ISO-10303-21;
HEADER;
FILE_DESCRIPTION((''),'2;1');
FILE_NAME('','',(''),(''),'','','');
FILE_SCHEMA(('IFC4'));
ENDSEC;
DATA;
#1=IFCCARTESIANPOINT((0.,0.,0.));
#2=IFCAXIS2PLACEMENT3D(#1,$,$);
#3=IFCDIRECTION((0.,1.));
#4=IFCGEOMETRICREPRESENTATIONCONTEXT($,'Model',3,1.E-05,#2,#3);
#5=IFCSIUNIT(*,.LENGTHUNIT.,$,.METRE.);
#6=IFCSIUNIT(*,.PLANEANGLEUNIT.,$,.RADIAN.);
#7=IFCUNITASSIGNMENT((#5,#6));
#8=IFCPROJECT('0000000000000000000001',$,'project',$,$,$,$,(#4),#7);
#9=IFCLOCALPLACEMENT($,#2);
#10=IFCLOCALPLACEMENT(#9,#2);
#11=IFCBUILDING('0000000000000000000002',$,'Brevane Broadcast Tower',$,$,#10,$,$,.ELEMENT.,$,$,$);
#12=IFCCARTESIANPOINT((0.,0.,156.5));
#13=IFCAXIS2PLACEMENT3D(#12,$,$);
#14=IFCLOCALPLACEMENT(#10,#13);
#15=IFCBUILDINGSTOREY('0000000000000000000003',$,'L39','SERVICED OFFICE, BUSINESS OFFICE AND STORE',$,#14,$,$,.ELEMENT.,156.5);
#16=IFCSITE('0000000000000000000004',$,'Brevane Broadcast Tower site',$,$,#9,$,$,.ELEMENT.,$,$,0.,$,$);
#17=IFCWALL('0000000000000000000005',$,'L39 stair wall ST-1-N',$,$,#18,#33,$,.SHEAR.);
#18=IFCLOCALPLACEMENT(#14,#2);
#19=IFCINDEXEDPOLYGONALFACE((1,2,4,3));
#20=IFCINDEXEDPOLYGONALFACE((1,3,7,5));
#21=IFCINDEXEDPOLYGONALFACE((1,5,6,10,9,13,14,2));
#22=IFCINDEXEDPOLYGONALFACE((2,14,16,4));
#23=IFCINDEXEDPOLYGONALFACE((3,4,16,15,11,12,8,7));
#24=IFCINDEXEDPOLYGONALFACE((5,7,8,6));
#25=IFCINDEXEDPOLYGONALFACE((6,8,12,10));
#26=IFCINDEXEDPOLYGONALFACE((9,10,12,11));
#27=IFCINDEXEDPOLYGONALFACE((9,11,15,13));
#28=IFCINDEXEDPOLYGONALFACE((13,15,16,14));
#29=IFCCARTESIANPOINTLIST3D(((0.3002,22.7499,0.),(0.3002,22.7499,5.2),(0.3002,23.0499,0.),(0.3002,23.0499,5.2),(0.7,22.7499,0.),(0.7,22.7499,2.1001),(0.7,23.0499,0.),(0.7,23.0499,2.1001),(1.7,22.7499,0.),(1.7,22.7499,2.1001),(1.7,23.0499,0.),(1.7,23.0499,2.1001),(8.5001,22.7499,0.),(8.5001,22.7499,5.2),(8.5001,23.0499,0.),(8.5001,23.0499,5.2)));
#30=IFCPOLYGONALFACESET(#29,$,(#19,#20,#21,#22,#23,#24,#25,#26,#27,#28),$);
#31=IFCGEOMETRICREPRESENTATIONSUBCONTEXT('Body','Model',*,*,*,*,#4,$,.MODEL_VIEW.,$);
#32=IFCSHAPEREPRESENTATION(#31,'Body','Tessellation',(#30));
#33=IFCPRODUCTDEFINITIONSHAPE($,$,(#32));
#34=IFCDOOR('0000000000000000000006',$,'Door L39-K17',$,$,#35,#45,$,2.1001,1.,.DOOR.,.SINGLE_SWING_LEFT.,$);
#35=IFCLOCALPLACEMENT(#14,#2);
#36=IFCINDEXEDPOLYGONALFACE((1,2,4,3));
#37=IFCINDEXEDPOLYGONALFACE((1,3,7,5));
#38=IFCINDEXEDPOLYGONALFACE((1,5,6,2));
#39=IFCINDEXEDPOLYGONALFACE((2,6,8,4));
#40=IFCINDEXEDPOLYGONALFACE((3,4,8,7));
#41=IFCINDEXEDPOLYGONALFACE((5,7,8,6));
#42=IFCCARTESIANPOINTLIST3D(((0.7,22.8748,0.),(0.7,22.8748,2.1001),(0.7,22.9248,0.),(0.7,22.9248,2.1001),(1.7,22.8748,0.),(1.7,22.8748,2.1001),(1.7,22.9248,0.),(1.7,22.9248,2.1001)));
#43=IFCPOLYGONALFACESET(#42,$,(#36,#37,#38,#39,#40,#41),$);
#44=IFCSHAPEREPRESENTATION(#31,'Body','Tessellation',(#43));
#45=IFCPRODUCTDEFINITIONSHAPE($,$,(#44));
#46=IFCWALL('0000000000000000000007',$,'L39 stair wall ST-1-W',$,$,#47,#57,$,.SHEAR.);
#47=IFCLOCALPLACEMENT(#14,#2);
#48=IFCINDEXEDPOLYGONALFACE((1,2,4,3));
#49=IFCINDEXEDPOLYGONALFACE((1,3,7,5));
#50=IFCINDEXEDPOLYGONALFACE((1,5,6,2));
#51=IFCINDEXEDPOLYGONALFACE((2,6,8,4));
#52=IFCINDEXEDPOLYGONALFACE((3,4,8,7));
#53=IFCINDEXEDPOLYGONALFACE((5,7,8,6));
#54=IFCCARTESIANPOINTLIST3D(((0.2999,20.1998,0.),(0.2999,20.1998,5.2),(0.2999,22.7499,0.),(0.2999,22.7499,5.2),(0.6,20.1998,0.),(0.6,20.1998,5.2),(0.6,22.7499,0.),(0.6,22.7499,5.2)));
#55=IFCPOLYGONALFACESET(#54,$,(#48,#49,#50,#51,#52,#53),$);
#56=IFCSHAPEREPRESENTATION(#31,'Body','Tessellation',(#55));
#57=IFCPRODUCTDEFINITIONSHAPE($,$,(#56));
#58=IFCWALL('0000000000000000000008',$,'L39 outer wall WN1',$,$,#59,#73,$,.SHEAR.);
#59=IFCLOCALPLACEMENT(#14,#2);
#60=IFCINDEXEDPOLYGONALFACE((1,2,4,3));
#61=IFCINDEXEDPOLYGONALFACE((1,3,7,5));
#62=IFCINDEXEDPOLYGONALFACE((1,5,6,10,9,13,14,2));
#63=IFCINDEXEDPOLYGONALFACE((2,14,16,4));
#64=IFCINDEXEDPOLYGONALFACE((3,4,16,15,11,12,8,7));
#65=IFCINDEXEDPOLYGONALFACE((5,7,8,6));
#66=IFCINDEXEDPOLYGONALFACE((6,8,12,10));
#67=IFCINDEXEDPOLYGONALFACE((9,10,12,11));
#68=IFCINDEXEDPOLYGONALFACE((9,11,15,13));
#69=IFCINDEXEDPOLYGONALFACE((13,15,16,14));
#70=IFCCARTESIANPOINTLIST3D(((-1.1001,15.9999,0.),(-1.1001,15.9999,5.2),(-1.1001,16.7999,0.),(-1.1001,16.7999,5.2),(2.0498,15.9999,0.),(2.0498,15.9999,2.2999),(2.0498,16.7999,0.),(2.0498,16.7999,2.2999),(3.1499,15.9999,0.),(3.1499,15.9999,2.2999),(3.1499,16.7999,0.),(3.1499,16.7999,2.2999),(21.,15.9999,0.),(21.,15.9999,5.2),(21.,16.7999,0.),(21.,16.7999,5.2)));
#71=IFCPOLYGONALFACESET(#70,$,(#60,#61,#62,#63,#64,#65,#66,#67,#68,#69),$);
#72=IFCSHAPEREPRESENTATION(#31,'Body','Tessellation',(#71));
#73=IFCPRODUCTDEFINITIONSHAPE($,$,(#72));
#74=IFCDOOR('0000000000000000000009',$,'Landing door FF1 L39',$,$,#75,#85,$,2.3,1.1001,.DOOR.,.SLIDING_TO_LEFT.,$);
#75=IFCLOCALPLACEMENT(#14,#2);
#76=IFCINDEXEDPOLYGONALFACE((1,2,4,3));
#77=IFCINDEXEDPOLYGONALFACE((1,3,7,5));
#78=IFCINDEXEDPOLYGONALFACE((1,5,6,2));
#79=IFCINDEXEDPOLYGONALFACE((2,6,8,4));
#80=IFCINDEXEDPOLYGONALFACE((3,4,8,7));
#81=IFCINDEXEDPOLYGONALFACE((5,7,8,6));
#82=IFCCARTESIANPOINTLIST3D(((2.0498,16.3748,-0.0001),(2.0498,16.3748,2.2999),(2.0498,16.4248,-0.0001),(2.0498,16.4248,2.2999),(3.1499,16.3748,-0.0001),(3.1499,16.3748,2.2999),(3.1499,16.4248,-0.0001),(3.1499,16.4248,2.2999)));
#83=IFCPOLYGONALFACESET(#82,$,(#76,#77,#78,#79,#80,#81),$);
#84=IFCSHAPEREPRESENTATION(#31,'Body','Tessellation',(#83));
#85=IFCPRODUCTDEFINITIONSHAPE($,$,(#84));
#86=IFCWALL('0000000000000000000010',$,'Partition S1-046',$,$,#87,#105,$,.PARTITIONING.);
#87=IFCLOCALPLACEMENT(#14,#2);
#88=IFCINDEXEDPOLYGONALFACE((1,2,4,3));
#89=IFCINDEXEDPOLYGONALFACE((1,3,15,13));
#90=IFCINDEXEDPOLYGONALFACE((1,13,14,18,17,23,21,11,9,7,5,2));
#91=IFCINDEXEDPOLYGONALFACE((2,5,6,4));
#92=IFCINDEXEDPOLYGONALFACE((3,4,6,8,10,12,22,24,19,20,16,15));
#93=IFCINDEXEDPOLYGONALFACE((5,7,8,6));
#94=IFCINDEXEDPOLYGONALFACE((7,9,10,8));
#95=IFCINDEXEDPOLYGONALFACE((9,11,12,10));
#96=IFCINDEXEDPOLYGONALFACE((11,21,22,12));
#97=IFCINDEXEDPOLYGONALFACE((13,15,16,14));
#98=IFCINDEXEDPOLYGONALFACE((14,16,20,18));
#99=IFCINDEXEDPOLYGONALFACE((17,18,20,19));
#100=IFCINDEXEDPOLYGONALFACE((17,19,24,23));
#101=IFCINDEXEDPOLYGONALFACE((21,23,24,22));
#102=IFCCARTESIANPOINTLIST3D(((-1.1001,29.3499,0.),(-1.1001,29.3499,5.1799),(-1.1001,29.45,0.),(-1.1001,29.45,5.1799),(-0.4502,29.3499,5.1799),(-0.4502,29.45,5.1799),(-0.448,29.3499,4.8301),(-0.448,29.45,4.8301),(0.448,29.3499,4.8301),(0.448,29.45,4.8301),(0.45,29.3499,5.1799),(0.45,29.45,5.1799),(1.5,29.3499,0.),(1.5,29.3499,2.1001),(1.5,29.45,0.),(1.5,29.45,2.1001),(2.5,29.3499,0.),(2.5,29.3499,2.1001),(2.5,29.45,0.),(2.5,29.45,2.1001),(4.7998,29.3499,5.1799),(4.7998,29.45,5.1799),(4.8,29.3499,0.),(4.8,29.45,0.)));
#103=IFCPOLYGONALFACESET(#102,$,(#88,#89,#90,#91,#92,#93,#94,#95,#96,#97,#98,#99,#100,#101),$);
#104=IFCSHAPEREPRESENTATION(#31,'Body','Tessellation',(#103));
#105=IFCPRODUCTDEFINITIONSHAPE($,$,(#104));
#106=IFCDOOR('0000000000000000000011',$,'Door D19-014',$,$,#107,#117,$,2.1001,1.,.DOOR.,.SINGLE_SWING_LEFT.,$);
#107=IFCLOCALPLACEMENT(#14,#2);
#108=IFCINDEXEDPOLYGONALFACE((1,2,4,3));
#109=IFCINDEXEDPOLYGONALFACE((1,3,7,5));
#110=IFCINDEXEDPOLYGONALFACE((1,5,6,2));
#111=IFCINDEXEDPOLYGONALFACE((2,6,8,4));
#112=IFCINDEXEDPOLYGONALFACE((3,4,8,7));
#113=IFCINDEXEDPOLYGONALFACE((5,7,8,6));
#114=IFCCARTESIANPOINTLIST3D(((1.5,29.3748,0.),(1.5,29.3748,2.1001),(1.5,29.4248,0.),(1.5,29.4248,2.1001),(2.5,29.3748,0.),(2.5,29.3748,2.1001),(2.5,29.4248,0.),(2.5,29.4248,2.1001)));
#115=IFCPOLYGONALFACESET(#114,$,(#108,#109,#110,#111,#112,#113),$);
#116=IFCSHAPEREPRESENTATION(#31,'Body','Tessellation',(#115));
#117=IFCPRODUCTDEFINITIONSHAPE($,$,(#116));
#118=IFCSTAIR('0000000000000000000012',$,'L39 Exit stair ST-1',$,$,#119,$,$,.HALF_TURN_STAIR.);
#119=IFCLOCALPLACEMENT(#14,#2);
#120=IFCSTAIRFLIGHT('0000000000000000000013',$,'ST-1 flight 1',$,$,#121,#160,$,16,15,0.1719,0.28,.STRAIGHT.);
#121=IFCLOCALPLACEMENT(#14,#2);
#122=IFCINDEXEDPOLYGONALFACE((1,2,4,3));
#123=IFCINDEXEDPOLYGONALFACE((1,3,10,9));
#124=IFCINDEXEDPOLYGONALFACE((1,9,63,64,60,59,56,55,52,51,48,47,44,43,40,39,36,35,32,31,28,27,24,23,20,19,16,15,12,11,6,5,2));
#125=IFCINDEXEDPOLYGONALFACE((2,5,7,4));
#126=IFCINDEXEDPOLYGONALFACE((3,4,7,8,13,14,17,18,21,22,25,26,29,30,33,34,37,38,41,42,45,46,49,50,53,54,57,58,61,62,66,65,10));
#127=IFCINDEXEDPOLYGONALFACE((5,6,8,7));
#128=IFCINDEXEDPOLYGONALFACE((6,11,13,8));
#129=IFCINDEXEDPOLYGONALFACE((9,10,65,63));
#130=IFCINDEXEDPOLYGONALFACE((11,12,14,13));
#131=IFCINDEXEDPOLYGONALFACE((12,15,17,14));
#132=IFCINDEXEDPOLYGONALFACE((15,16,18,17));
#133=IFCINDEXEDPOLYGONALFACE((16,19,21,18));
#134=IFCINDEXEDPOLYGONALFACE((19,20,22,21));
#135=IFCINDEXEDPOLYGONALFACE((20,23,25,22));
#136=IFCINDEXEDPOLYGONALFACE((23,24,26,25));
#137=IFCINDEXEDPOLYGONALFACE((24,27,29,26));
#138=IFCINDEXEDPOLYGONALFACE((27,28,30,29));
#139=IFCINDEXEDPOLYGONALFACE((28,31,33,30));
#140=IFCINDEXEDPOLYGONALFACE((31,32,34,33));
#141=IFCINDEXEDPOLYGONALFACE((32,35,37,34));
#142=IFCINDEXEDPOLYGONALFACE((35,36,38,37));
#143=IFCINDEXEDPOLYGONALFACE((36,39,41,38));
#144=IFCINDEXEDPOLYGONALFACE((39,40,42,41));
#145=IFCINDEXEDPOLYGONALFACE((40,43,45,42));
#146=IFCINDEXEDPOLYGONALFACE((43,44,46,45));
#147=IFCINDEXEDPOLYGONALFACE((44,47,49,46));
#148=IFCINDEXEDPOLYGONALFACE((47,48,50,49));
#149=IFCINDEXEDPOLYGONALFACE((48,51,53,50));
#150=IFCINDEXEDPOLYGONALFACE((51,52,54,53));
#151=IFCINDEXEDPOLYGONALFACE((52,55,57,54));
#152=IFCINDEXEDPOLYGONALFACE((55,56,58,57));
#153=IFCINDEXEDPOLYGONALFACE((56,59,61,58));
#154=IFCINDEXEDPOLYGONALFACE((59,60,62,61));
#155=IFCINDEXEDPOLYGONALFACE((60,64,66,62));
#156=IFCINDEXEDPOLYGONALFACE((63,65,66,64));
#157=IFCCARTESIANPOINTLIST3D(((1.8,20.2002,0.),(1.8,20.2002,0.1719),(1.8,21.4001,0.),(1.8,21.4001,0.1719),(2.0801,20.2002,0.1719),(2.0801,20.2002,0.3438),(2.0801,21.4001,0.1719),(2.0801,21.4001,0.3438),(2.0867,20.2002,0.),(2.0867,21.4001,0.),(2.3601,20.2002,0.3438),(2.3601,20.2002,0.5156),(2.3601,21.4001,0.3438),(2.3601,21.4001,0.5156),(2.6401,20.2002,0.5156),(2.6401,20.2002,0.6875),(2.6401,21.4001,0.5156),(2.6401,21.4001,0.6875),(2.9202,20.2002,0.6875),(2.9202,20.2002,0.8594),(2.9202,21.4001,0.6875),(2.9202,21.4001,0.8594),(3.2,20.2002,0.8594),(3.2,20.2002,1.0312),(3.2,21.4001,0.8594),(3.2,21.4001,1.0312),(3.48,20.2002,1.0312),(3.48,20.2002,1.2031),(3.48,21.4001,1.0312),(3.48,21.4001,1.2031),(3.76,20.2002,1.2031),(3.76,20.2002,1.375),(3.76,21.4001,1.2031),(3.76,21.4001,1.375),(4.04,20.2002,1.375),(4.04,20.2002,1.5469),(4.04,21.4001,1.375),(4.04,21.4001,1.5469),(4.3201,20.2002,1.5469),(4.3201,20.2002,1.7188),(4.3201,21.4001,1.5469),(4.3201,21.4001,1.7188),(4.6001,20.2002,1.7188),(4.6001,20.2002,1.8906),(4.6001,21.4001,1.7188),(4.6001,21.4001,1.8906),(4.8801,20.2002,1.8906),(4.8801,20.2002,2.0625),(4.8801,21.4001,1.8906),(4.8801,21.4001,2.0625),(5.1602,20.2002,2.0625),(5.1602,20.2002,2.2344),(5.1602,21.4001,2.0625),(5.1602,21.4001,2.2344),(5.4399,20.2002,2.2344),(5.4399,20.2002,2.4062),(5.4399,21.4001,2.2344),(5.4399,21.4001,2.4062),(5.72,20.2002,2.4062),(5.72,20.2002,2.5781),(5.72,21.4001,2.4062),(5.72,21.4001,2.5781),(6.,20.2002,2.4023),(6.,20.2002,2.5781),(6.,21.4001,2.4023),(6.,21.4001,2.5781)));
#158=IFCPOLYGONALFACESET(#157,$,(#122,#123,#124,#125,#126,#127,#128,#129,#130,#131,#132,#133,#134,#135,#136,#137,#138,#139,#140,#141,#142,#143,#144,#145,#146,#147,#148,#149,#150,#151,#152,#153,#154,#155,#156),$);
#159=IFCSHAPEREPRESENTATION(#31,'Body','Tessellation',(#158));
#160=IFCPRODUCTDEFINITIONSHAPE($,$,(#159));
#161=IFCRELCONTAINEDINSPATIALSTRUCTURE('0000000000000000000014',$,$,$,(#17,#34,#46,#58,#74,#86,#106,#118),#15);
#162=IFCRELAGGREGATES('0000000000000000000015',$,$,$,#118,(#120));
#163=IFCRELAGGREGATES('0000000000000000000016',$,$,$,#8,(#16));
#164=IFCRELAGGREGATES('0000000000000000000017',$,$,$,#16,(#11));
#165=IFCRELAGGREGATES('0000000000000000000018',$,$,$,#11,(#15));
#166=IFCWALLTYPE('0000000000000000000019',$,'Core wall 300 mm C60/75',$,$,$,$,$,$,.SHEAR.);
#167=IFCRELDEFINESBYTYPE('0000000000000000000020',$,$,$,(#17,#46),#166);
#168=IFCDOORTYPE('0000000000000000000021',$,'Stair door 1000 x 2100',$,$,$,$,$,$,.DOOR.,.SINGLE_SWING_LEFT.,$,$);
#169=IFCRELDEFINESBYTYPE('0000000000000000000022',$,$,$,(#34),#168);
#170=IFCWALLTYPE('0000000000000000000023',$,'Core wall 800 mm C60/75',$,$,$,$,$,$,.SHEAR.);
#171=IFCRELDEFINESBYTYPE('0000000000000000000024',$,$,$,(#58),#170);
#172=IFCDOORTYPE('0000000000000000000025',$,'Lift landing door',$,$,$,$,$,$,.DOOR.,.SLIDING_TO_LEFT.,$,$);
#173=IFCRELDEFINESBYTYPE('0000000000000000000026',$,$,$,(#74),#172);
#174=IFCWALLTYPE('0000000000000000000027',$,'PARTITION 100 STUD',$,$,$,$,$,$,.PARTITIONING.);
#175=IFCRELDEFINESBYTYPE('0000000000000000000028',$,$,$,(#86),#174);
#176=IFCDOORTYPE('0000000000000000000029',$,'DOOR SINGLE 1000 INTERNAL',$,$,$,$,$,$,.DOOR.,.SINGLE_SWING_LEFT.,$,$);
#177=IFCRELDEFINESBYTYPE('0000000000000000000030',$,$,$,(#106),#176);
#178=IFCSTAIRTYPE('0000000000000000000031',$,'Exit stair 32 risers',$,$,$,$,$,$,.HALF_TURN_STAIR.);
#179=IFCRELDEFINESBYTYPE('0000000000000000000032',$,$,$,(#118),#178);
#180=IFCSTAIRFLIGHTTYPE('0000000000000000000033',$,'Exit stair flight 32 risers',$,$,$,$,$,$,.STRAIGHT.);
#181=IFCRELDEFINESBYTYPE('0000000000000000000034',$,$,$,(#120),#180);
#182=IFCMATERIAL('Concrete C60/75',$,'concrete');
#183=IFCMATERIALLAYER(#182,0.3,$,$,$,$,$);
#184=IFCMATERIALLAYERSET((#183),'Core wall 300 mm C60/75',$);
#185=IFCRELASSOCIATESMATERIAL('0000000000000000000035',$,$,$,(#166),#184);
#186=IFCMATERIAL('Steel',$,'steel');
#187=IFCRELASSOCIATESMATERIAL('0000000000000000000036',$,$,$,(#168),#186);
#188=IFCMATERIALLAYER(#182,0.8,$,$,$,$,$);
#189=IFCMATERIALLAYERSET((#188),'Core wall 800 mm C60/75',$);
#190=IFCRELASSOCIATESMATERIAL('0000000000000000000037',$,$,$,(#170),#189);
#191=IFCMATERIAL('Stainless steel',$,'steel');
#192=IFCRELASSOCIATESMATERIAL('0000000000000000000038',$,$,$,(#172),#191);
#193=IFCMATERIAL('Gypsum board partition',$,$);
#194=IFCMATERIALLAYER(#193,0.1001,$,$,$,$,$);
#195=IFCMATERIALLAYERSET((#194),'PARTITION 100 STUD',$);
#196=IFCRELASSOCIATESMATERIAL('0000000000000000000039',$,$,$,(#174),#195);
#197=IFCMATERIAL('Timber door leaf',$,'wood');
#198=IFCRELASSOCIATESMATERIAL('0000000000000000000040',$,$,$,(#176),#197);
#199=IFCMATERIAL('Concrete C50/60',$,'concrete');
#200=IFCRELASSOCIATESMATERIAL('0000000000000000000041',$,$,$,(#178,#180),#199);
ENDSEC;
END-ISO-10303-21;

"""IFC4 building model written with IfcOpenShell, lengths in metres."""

from ifc_helpers import new_model, si_unit, direction, frame, frame_2d, origin, place, context, subcontext, project, spatial, polyline, rectangle, outline, extrude, material, layer, layer_set, type_object, element, fill, aggregate, save


model = new_model("IFC4")

# Units and contexts
model_context = context("Model", 3, precision=1e-05, world=origin(), true_north=direction((0.0, 1.0)))
body_context = subcontext(model_context, "Body", "Model", "MODEL_VIEW")
ifc_project = project(units=[si_unit("LENGTHUNIT", "METRE"), si_unit("PLANEANGLEUNIT", "RADIAN")], contexts=[model_context])

# Site, building, storey
site_placement = place(None, origin())
site = spatial("IfcSite", under=ifc_project, at=site_placement, Name="Brevane Broadcast Tower site", CompositionType="ELEMENT", RefElevation=0.0)
building_placement = place(site_placement, origin())
building = spatial("IfcBuilding", under=site, at=building_placement, Name="Brevane Broadcast Tower", CompositionType="ELEMENT")
storey_placement = place(building_placement, frame((0.0, 0.0, 156.5)))
storey = spatial("IfcBuildingStorey", under=building, at=storey_placement, Name="L39", Description="SERVICED OFFICE, BUSINESS OFFICE AND STORE", CompositionType="ELEMENT", Elevation=156.5)

# Shared definitions
ifc_material_1 = material(Name="Concrete C60/75", Category="concrete")

# Wall, opening, door
ifc_layer_1 = layer(ifc_material_1, 0.3)
ifc_layer_set_1 = layer_set([ifc_layer_1], Name="Core wall 300 mm C60/75")
wall_type_1 = type_object("IfcWallType", Name="Core wall 300 mm C60/75", PredefinedType="SHEAR", material=ifc_layer_set_1)
wall_1_placement = place(storey_placement, frame((0.3, 22.8999, 0.0), z_axis=(0.0, 0.0, 1.0), x_axis=(1.0, 0.0, 0.0)))
wall_1 = element("IfcWall", 1, at=wall_1_placement, inside=storey, type_object=wall_type_1, Name="L39 stair wall ST-1-N", PredefinedType="SHEAR", context=body_context, shape_type="SweptSolid", body=[
    extrude(rectangle(XDim=8.2, YDim=0.3, at=frame_2d((4.1001, 0.0))), origin(), (0.0, 0.0, 1.0), 5.2),
])
opening_1_placement = place(wall_1_placement, frame((0.3999, 0.0, 0.0)))
opening_1 = element("IfcOpeningElement", 2, at=opening_1_placement, cuts=wall_1, PredefinedType="OPENING", context=body_context, shape_type="SweptSolid", body=[
    extrude(rectangle(XDim=1.0, YDim=2.1001, at=frame_2d((0.5, 1.05))), frame((0.0, 0.1599, 0.0), z_axis=(0.0, -1.0, 0.0), x_axis=(1.0, 0.0, 0.0)), (0.0, 0.0, 1.0), 0.3201),
])
ifc_material_2 = material(Name="Steel", Category="steel")
door_type_1 = type_object("IfcDoorType", Name="Stair door 1000 x 2100", OperationType="SINGLE_SWING_LEFT", PredefinedType="DOOR", material=ifc_material_2)
door_1_placement = place(opening_1_placement, origin())
door_1 = element("IfcDoor", 3, at=door_1_placement, inside=storey, type_object=door_type_1, Name="Door L39-K17", OperationType="SINGLE_SWING_LEFT", OverallHeight=2.1001, OverallWidth=1.0, PredefinedType="DOOR", context=body_context, shape_type="SweptSolid", body=[
    extrude(rectangle(XDim=1.0, YDim=2.1001, at=frame_2d((0.5, 1.05))), frame((0.0, 0.0249, 0.0), z_axis=(0.0, -1.0, 0.0), x_axis=(1.0, 0.0, 0.0)), (0.0, 0.0, 1.0), 0.05),
])
fill(opening_1, door_1)

# Wall
wall_2_placement = place(storey_placement, frame((0.45, 20.2, 0.0), z_axis=(0.0, 0.0, 1.0), x_axis=(0.0, 1.0, 0.0)))
element("IfcWall", 4, at=wall_2_placement, inside=storey, type_object=wall_type_1, Name="L39 stair wall ST-1-W", PredefinedType="SHEAR", context=body_context, shape_type="SweptSolid", body=[
    extrude(rectangle(XDim=2.55, YDim=0.3, at=frame_2d((1.2749, 0.0))), origin(), (0.0, 0.0, 1.0), 5.2),
])

# Walls, openings, doors
ifc_layer_2 = layer(ifc_material_1, 0.8)
ifc_layer_set_2 = layer_set([ifc_layer_2], Name="Core wall 800 mm C60/75")
wall_type_2 = type_object("IfcWallType", Name="Core wall 800 mm C60/75", PredefinedType="SHEAR", material=ifc_layer_set_2)
wall_3_placement = place(storey_placement, frame((-1.1001, 16.3999, 0.0), z_axis=(0.0, 0.0, 1.0), x_axis=(1.0, 0.0, 0.0)))
wall_3 = element("IfcWall", 5, at=wall_3_placement, inside=storey, type_object=wall_type_2, Name="L39 outer wall WN1", PredefinedType="SHEAR", context=body_context, shape_type="SweptSolid", body=[
    extrude(rectangle(XDim=22.1001, YDim=0.8, at=frame_2d((11.05, 0.0))), origin(), (0.0, 0.0, 1.0), 5.2),
])
opening_2_placement = place(wall_3_placement, frame((3.1499, 0.0, 0.0)))
opening_2 = element("IfcOpeningElement", 6, at=opening_2_placement, cuts=wall_3, PredefinedType="OPENING", context=body_context, shape_type="SweptSolid", body=[
    extrude(rectangle(XDim=1.1001, YDim=2.3, at=frame_2d((0.55, 1.1499))), frame((0.0, 0.4099, 0.0), z_axis=(0.0, -1.0, 0.0), x_axis=(1.0, 0.0, 0.0)), (0.0, 0.0, 1.0), 0.8201),
])
ifc_material_3 = material(Name="Stainless steel", Category="steel")
door_type_2 = type_object("IfcDoorType", Name="Lift landing door", OperationType="SLIDING_TO_LEFT", PredefinedType="DOOR", material=ifc_material_3)
door_2_placement = place(opening_2_placement, origin())
door_2 = element("IfcDoor", 7, at=door_2_placement, inside=storey, type_object=door_type_2, Name="Landing door FF1 L39", OperationType="SLIDING_TO_LEFT", OverallHeight=2.3, OverallWidth=1.1001, PredefinedType="DOOR", context=body_context, shape_type="SweptSolid", body=[
    extrude(rectangle(XDim=1.1001, YDim=2.3, at=frame_2d((0.55, 1.1499))), frame((0.0, 0.0249, 0.0), z_axis=(0.0, -1.0, 0.0), x_axis=(1.0, 0.0, 0.0)), (0.0, 0.0, 1.0), 0.05),
])
fill(opening_2, door_2)
ifc_material_4 = material(Name="Gypsum board partition")
ifc_layer_3 = layer(ifc_material_4, 0.1001)
ifc_layer_set_3 = layer_set([ifc_layer_3], Name="PARTITION 100 STUD")
wall_type_3 = type_object("IfcWallType", Name="PARTITION 100 STUD", PredefinedType="PARTITIONING", material=ifc_layer_set_3)
wall_4_placement = place(storey_placement, frame((-1.1001, 29.3999, 0.0), z_axis=(0.0, 0.0, 1.0), x_axis=(1.0, 0.0, 0.0)))
wall_4 = element("IfcWall", 8, at=wall_4_placement, inside=storey, type_object=wall_type_3, Name="Partition S1-046", PredefinedType="PARTITIONING", context=body_context, shape_type="SweptSolid", body=[
    extrude(outline(polyline([(0.0, 0.0), (5.9001, 0.0), (5.8999, 5.1799), (1.55, 5.1799), (1.5481, 4.8301), (0.6521, 4.8301), (0.6499, 5.1799), (0.0, 5.1799), (0.0, 0.0)])), frame((0.0, 0.05, 0.0), z_axis=(0.0, -1.0, 0.0), x_axis=(1.0, 0.0, 0.0)), (0.0, 0.0, 1.0), 0.1001),
])
opening_3_placement = place(wall_4_placement, frame((2.6001, 0.0, 0.0)))
opening_3 = element("IfcOpeningElement", 9, at=opening_3_placement, cuts=wall_4, PredefinedType="OPENING", context=body_context, shape_type="SweptSolid", body=[
    extrude(rectangle(XDim=1.0, YDim=2.1001, at=frame_2d((0.5, 1.05))), frame((0.0, 0.0601, 0.0), z_axis=(0.0, -1.0, 0.0), x_axis=(1.0, 0.0, 0.0)), (0.0, 0.0, 1.0), 0.1201),
])
ifc_material_5 = material(Name="Timber door leaf", Category="wood")
door_type_3 = type_object("IfcDoorType", Name="DOOR SINGLE 1000 INTERNAL", OperationType="SINGLE_SWING_LEFT", PredefinedType="DOOR", material=ifc_material_5)
door_3_placement = place(opening_3_placement, origin())
door_3 = element("IfcDoor", 10, at=door_3_placement, inside=storey, type_object=door_type_3, Name="Door D19-014", OperationType="SINGLE_SWING_LEFT", OverallHeight=2.1001, OverallWidth=1.0, PredefinedType="DOOR", context=body_context, shape_type="SweptSolid", body=[
    extrude(rectangle(XDim=1.0, YDim=2.1001, at=frame_2d((0.5, 1.05))), frame((0.0, 0.0249, 0.0), z_axis=(0.0, -1.0, 0.0), x_axis=(1.0, 0.0, 0.0)), (0.0, 0.0, 1.0), 0.05),
])
fill(opening_3, door_3)

# Stair, stair flight
ifc_material_6 = material(Name="Concrete C50/60", Category="concrete")
stair_type = type_object("IfcStairType", Name="Exit stair 32 risers", PredefinedType="HALF_TURN_STAIR", material=ifc_material_6)
stair_placement = place(storey_placement, origin())
stair = element("IfcStair", 11, at=stair_placement, inside=storey, type_object=stair_type, Name="L39 Exit stair ST-1", PredefinedType="HALF_TURN_STAIR")
stair_flight_type = type_object("IfcStairFlightType", Name="Exit stair flight 32 risers", PredefinedType="STRAIGHT", material=ifc_material_6)
stair_flight_placement = place(storey_placement, frame((1.8, 20.8, 0.0), z_axis=(0.0, 0.0, 1.0), x_axis=(1.0, 0.0, 0.0)))
stair_flight = element("IfcStairFlight", 12, at=stair_flight_placement, type_object=stair_flight_type, Name="ST-1 flight 1", NumberOfRisers=16, NumberOfTreads=15, PredefinedType="STRAIGHT", RiserHeight=0.1719, TreadLength=0.28, context=body_context, shape_type="SweptSolid", body=[
    extrude(outline(polyline([(0.0, 0.0), (0.0, 0.1719), (0.28, 0.1719), (0.28, 0.3438), (0.5601, 0.3438), (0.5601, 0.5156), (0.8401, 0.5156), (0.8401, 0.6875), (1.1201, 0.6875), (1.1201, 0.8594), (1.3999, 0.8594), (1.3999, 1.0312), (1.6799, 1.0312), (1.6799, 1.2031), (1.96, 1.2031), (1.96, 1.375), (2.24, 1.375), (2.24, 1.5469), (2.52, 1.5469), (2.52, 1.7188), (2.8, 1.7188), (2.8, 1.8906), (3.0801, 1.8906), (3.0801, 2.0625), (3.3601, 2.0625), (3.3601, 2.2344), (3.6399, 2.2344), (3.6399, 2.4062), (3.9199, 2.4062), (3.9199, 2.5781), (4.2, 2.5781), (4.2, 2.75), (4.2, 2.4023), (0.2866, 0.0), (0.0, 0.0)])), frame((0.0, 0.6001, 0.0), z_axis=(0.0, -1.0, 0.0), x_axis=(1.0, 0.0, 0.0)), (0.0, 0.0, 1.0), 1.2),
])
aggregate(stair, [stair_flight])

save(model, "model.ifc")
